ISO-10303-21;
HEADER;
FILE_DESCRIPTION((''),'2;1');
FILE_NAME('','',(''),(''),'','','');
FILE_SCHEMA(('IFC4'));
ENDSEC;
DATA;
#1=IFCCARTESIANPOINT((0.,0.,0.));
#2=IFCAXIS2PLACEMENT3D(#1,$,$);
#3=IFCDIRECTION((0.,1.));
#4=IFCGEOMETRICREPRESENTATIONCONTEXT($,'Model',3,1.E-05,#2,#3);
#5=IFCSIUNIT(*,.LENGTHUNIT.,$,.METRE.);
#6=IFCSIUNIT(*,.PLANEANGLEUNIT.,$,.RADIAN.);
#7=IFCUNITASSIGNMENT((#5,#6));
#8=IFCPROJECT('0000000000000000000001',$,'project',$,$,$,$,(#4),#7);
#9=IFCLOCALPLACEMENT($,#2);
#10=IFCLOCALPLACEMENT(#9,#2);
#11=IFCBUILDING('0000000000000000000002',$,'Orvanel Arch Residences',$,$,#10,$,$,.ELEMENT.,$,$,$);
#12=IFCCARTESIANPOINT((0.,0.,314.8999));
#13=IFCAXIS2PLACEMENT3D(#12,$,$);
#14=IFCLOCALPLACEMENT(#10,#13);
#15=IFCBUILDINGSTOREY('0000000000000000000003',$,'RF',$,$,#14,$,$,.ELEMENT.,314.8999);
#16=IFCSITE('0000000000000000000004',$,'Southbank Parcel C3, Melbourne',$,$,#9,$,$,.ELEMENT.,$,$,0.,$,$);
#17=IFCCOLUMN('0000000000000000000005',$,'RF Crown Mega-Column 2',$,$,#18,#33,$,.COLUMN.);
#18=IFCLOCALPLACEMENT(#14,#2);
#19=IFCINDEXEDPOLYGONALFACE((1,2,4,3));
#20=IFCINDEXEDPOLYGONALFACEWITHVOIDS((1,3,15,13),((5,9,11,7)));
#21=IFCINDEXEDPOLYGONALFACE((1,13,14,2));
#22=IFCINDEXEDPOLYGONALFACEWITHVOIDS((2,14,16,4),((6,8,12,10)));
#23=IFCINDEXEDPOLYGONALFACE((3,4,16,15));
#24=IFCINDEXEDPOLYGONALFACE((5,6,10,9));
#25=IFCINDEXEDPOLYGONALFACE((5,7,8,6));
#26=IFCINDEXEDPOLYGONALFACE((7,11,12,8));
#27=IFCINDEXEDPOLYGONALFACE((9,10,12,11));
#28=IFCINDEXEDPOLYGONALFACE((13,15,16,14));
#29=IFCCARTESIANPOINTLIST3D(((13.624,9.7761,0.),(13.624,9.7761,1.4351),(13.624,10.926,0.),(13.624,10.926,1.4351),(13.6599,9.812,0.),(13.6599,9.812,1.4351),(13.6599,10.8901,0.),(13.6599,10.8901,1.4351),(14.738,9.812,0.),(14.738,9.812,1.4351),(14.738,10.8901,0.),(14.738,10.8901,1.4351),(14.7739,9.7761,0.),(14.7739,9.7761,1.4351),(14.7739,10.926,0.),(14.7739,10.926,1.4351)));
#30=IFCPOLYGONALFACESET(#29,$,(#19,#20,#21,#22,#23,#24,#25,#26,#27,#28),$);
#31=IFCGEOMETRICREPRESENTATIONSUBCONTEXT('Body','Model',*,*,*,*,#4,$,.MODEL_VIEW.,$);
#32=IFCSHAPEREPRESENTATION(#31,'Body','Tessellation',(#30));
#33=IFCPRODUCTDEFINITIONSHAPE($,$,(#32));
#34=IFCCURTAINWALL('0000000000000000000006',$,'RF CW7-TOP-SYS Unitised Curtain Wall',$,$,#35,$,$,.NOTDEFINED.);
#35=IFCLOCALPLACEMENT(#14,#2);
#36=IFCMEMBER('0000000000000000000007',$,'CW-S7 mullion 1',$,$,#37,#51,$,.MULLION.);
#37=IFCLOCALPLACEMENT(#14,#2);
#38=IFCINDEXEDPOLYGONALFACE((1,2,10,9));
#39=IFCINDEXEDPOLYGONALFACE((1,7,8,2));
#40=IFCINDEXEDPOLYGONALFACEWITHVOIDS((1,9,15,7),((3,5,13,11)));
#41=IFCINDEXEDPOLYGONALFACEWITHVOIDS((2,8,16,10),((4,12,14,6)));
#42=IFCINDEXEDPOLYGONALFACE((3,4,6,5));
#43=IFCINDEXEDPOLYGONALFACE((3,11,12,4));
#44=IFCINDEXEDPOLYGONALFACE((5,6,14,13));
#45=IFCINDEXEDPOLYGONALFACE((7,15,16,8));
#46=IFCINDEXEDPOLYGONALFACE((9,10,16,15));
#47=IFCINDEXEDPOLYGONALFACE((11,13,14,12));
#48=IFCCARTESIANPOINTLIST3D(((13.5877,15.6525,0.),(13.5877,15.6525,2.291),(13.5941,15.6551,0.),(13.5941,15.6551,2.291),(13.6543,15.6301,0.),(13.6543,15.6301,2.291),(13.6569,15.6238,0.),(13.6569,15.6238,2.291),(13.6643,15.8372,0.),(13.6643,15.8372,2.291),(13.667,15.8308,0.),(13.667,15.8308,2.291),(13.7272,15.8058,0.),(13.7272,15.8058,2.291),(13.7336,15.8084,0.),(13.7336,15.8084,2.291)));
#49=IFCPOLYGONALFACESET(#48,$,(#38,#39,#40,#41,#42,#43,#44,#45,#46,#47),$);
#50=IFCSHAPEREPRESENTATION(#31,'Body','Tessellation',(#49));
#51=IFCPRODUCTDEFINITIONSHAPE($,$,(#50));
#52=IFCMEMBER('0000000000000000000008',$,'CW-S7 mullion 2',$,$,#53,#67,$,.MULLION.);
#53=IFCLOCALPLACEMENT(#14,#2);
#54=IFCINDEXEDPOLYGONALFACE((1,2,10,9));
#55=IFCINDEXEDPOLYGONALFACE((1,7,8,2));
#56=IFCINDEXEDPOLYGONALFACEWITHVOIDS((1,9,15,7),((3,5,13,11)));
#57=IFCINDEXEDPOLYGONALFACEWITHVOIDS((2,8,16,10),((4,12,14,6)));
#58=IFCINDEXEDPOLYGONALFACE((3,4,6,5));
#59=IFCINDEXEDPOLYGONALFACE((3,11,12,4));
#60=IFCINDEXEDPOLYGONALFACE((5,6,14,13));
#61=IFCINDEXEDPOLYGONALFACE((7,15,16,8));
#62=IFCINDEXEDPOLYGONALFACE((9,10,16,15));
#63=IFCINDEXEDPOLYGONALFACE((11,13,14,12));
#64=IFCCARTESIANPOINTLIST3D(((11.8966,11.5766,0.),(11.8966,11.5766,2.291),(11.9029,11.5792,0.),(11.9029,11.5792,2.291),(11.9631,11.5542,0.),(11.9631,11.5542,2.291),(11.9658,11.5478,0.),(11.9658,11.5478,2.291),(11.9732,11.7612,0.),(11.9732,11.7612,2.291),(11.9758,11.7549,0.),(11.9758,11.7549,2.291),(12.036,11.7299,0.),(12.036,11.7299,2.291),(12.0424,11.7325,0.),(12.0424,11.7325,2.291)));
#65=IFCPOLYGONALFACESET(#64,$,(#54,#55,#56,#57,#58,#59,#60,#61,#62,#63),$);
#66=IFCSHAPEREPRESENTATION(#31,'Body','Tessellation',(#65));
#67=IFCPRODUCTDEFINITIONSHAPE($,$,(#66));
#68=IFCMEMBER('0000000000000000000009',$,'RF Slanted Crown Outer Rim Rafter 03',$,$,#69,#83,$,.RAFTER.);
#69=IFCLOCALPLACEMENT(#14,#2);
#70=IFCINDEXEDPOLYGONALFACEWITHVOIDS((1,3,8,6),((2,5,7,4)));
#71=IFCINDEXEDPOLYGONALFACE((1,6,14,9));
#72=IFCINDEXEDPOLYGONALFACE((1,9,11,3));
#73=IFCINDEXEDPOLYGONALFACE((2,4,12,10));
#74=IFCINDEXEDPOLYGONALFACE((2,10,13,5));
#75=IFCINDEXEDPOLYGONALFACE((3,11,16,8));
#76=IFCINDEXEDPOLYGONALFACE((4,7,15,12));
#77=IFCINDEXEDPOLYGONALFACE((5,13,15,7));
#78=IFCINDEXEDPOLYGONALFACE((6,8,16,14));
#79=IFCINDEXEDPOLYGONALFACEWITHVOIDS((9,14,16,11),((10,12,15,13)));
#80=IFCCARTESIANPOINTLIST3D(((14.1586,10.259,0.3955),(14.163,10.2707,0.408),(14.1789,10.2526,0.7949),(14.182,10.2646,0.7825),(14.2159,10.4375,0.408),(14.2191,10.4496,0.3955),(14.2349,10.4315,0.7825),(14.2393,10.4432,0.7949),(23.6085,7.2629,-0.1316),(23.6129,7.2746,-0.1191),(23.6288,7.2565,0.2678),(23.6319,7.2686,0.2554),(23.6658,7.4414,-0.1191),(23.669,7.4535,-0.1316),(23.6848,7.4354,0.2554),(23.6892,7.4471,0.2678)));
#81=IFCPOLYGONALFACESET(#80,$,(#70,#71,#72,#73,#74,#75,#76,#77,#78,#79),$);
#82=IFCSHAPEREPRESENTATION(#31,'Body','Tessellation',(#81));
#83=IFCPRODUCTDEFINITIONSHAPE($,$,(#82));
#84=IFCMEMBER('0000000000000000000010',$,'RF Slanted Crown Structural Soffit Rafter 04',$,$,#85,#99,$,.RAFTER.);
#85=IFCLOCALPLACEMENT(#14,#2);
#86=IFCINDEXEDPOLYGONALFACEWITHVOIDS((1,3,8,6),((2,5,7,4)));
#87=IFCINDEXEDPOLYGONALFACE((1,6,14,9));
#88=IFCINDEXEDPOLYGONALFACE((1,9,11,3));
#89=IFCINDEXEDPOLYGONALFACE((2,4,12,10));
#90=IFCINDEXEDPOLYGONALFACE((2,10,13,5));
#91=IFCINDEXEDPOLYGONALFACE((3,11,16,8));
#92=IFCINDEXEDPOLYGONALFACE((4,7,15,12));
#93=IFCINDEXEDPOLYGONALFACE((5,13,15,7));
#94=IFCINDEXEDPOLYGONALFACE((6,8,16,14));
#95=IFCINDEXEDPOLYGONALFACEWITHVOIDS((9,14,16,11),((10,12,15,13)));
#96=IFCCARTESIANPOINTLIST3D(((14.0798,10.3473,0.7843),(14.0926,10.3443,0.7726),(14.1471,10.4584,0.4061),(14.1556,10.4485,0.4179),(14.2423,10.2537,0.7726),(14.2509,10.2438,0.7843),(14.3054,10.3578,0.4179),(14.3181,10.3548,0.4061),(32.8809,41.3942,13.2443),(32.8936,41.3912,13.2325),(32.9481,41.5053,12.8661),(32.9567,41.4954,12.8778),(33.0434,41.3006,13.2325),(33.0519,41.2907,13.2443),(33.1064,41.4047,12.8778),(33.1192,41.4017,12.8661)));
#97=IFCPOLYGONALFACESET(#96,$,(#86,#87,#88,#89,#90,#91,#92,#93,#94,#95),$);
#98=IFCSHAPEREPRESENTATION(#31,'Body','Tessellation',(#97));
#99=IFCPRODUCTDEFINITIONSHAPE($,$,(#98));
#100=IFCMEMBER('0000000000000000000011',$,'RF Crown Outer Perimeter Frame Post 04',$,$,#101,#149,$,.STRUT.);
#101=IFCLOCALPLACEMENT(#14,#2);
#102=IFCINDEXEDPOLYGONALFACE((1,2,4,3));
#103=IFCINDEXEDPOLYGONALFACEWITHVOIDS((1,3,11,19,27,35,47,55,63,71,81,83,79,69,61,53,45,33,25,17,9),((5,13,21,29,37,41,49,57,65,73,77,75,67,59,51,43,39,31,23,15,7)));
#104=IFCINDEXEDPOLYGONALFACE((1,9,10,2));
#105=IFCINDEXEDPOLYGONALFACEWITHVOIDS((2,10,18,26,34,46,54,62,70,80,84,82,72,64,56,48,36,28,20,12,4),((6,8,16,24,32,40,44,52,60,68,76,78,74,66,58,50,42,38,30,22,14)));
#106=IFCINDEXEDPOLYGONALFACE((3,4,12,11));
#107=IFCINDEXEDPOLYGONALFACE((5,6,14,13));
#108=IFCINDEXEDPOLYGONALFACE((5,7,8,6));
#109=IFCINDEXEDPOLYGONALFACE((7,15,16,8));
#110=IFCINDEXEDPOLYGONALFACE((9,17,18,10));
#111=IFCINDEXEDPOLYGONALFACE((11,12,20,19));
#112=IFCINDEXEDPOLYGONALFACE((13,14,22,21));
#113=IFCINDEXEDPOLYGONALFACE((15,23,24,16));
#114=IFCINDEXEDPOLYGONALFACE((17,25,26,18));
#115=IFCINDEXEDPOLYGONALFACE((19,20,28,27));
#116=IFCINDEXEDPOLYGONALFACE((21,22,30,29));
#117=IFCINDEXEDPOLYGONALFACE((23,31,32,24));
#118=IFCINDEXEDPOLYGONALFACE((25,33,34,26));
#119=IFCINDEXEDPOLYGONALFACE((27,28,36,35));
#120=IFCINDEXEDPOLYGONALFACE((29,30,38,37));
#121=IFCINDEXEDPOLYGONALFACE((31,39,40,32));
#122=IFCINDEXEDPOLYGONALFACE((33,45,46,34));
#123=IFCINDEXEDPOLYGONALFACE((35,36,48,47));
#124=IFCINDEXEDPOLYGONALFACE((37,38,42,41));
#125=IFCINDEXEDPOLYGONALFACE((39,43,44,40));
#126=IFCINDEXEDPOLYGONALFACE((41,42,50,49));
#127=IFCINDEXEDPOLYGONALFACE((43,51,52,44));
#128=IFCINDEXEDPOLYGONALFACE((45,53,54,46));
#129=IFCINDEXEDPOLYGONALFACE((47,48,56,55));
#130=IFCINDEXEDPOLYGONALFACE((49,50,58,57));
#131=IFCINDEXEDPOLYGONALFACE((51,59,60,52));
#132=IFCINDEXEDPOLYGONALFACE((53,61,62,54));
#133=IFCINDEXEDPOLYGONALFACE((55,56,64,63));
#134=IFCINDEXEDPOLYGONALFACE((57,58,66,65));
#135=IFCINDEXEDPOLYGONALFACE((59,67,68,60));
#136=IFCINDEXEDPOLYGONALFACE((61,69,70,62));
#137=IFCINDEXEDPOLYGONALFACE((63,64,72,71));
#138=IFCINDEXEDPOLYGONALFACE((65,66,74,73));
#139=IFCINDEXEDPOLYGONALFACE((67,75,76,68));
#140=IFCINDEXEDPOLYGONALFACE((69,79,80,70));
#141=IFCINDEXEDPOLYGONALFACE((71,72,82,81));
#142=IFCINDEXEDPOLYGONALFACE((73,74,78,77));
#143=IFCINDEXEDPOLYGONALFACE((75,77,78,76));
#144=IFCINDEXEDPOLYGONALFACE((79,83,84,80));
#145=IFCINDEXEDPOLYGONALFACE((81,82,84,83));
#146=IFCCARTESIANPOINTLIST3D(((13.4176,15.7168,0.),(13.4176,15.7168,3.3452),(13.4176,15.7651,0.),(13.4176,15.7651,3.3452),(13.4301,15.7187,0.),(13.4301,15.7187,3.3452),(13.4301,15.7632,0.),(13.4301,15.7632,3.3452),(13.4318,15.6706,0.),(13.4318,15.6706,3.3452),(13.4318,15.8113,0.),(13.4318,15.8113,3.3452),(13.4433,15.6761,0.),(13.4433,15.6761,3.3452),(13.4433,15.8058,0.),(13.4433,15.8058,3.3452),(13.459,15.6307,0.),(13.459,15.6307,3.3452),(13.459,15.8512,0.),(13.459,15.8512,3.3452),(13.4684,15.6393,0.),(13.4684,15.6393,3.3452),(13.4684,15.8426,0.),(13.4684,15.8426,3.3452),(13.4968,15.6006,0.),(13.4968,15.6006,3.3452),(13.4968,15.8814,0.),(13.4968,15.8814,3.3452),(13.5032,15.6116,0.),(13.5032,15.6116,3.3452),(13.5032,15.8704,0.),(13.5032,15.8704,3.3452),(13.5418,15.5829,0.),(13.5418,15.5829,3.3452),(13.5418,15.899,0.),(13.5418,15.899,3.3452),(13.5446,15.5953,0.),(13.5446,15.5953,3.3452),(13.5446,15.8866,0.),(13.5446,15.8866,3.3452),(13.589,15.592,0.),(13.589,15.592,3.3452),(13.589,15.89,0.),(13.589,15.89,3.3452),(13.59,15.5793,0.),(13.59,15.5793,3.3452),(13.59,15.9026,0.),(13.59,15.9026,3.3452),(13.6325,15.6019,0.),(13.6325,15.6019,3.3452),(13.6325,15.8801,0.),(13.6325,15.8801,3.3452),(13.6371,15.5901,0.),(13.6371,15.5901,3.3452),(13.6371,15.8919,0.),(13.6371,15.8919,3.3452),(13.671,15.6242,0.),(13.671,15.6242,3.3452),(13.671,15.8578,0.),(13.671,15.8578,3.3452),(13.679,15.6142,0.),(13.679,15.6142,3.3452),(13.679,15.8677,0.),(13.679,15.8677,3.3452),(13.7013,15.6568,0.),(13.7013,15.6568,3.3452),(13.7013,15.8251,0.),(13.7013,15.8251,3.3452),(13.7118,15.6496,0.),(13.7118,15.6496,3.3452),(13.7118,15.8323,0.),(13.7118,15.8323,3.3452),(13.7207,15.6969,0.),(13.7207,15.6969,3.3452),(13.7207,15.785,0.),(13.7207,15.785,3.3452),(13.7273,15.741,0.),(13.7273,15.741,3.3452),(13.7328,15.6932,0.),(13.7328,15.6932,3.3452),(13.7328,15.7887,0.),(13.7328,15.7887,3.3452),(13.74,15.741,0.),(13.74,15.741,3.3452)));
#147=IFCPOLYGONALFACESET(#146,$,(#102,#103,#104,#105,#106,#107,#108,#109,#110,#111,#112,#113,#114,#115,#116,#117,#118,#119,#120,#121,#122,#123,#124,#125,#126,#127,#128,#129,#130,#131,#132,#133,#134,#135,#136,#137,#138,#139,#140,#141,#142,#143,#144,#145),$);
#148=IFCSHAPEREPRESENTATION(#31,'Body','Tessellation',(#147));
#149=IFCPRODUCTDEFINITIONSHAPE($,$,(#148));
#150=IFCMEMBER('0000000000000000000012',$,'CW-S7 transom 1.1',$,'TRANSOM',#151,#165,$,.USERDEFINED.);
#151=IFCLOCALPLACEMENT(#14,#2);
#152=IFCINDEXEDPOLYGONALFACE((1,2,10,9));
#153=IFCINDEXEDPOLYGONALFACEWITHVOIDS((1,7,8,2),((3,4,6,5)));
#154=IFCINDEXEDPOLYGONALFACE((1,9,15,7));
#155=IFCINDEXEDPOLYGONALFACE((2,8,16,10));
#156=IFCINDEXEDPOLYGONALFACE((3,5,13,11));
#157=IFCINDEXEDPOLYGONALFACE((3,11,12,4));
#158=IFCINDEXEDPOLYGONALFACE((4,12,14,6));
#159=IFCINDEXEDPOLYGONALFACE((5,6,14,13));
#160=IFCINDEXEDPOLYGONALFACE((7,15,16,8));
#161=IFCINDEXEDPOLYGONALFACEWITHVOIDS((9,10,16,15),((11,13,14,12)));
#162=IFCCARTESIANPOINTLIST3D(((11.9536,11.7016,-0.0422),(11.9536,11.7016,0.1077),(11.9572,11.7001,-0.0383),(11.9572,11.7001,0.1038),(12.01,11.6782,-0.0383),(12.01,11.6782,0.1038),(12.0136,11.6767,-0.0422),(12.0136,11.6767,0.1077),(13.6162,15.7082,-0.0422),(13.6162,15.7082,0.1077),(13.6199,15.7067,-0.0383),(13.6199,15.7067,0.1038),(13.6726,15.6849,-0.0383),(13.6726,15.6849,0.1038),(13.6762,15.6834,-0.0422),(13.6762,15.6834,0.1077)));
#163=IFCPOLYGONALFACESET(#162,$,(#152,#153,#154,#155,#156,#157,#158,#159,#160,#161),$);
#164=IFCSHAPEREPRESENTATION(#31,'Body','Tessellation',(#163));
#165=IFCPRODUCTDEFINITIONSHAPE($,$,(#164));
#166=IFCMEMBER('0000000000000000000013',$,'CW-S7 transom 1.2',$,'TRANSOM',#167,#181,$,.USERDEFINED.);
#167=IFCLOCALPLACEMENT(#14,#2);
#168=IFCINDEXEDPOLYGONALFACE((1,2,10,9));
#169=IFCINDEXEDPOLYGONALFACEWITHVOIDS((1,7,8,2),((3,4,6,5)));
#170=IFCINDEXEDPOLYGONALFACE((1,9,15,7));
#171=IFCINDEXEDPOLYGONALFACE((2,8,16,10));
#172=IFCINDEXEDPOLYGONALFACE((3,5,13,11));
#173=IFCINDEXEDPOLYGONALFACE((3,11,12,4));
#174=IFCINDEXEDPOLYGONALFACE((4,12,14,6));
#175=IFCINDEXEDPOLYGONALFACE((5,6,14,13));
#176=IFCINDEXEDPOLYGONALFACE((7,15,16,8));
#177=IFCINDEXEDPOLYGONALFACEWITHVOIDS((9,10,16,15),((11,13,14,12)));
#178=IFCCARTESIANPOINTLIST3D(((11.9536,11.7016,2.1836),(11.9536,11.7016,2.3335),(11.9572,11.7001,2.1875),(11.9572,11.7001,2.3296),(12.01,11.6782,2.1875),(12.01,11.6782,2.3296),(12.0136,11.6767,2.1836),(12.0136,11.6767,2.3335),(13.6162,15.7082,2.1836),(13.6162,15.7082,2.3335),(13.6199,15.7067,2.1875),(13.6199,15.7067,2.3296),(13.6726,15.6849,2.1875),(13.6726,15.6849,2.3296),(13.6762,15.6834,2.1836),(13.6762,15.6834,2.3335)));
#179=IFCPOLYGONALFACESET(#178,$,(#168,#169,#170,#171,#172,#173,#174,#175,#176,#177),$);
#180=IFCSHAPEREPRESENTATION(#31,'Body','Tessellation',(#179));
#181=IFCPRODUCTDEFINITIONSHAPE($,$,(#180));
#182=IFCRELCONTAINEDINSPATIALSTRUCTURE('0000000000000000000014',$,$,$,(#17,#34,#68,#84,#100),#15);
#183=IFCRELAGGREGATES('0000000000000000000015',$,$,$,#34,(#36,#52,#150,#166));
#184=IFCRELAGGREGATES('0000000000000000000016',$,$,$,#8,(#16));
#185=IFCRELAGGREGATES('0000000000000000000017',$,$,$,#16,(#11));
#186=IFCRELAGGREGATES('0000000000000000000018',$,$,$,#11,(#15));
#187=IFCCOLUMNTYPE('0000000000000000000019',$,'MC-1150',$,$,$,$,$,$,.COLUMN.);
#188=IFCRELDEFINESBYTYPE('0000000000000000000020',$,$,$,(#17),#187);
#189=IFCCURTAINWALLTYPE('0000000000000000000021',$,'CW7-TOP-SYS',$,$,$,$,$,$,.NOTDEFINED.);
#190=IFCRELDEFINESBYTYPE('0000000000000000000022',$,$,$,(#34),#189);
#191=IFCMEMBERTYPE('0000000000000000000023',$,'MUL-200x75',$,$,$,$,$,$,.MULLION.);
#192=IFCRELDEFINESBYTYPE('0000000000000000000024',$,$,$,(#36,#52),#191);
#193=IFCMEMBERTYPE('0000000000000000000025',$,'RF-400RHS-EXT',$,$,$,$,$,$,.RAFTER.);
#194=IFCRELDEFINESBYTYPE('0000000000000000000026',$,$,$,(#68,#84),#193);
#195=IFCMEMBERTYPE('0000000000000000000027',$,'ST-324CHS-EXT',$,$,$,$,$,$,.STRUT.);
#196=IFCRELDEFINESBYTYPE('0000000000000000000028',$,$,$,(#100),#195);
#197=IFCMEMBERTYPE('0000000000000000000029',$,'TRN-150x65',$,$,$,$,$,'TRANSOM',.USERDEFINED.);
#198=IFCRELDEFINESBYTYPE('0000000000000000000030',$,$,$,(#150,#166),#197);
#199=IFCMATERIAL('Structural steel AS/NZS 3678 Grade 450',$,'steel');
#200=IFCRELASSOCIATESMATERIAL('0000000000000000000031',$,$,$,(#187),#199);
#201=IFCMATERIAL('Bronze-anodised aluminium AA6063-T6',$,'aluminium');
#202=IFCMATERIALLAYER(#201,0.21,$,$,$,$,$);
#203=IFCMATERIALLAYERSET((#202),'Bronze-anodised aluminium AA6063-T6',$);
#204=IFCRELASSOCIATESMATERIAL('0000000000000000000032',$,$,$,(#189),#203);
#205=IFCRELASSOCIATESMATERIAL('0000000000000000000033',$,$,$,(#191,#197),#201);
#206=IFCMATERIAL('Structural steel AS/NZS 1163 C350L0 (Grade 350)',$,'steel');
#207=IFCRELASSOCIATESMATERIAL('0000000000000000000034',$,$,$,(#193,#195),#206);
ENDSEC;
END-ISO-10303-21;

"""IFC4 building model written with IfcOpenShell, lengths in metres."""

from ifc_helpers import new_model, si_unit, direction, frame, origin, origin_2d, place, context, subcontext, project, spatial, hollow_rectangle, hollow_circle, extrude, material, layer, layer_set, material_profile, profile_set, type_object, element, aggregate, save


model = new_model("IFC4")

# Units and contexts
model_context = context("Model", 3, precision=1e-05, world=origin(), true_north=direction((0.0, 1.0)))
body_context = subcontext(model_context, "Body", "Model", "MODEL_VIEW")
ifc_project = project(units=[si_unit("LENGTHUNIT", "METRE"), si_unit("PLANEANGLEUNIT", "RADIAN")], contexts=[model_context])

# Site, building, storey
site_placement = place(None, origin())
site = spatial("IfcSite", under=ifc_project, at=site_placement, Name="Southbank Parcel C3, Melbourne", CompositionType="ELEMENT", RefElevation=0.0)
building_placement = place(site_placement, origin())
building = spatial("IfcBuilding", under=site, at=building_placement, Name="Orvanel Arch Residences", CompositionType="ELEMENT")
storey_placement = place(building_placement, frame((0.0, 0.0, 314.8999)))
storey = spatial("IfcBuildingStorey", under=building, at=storey_placement, Name="RF", CompositionType="ELEMENT", Elevation=314.8999)

# Column
ifc_material_1 = material(Name="Structural steel AS/NZS 3678 Grade 450", Category="steel")
ifc_material_profile_1 = material_profile(ifc_material_1, hollow_rectangle(XDim=1.1499, YDim=1.1499, WallThickness=0.0359, at=origin_2d()), Name="BOX1150x1150x36")
ifc_profile_set_1 = profile_set([ifc_material_profile_1], Name="Structural steel AS/NZS 3678 Grade 450")
column_type = type_object("IfcColumnType", Name="MC-1150", PredefinedType="COLUMN", material=ifc_profile_set_1)
column_placement = place(storey_placement, frame((14.199, 10.3511, 0.0), z_axis=(0.0, 0.0, 1.0), x_axis=(1.0, 0.0, 0.0)))
element("IfcColumn", 1, at=column_placement, inside=storey, type_object=column_type, Name="RF Crown Mega-Column 2", PredefinedType="COLUMN", context=body_context, shape_type="SweptSolid", body=[
    extrude(hollow_rectangle(XDim=1.1499, YDim=1.1499, WallThickness=0.0359, at=origin_2d()), origin(), (0.0, 0.0, 1.0), 1.4351),
])

# Curtain wall, members
ifc_material_2 = material(Name="Bronze-anodised aluminium AA6063-T6", Category="aluminium")
ifc_layer_1 = layer(ifc_material_2, 0.21)
ifc_layer_set_1 = layer_set([ifc_layer_1], Name="Bronze-anodised aluminium AA6063-T6")
curtain_wall_type = type_object("IfcCurtainWallType", Name="CW7-TOP-SYS", PredefinedType="NOTDEFINED", material=ifc_layer_set_1)
curtain_wall_placement = place(storey_placement, origin())
curtain_wall = element("IfcCurtainWall", 2, at=curtain_wall_placement, inside=storey, type_object=curtain_wall_type, Name="RF CW7-TOP-SYS Unitised Curtain Wall", PredefinedType="NOTDEFINED")
ifc_material_profile_2 = material_profile(ifc_material_2, hollow_rectangle(XDim=0.075, YDim=0.2, WallThickness=0.0049, at=origin_2d()), Name="ALU200x75x5")
ifc_profile_set_2 = profile_set([ifc_material_profile_2], Name="Bronze-anodised aluminium AA6063-T6")
member_type_1 = type_object("IfcMemberType", Name="MUL-200x75", PredefinedType="MULLION", material=ifc_profile_set_2)
member_1_placement = place(storey_placement, frame((13.6606, 15.7305, 0.0), z_axis=(0.0, 0.0, 1.0), x_axis=(0.923636, -0.38327, 0.0)))
member_1 = element("IfcMember", 3, at=member_1_placement, type_object=member_type_1, Name="CW-S7 mullion 1", PredefinedType="MULLION", context=body_context, shape_type="SweptSolid", body=[
    extrude(hollow_rectangle(XDim=0.075, YDim=0.2, WallThickness=0.0049, at=origin_2d()), origin(), (0.0, 0.0, 1.0), 2.291),
])
member_2_placement = place(storey_placement, frame((11.9695, 11.6545, 0.0), z_axis=(0.0, 0.0, 1.0), x_axis=(0.923636, -0.38327, 0.0)))
member_2 = element("IfcMember", 4, at=member_2_placement, type_object=member_type_1, Name="CW-S7 mullion 2", PredefinedType="MULLION", context=body_context, shape_type="SweptSolid", body=[
    extrude(hollow_rectangle(XDim=0.075, YDim=0.2, WallThickness=0.0049, at=origin_2d()), origin(), (0.0, 0.0, 1.0), 2.291),
])

# Members
ifc_material_3 = material(Name="Structural steel AS/NZS 1163 C350L0 (Grade 350)", Category="steel")
ifc_material_profile_3 = material_profile(ifc_material_3, hollow_rectangle(XDim=0.2, YDim=0.3999, WallThickness=0.0125, at=origin_2d()), Name="RHS400x200x12.5")
ifc_profile_set_3 = profile_set([ifc_material_profile_3], Name="Structural steel AS/NZS 1163 C350L0 (Grade 350)")
member_type_2 = type_object("IfcMemberType", Name="RF-400RHS-EXT", PredefinedType="RAFTER", material=ifc_profile_set_3)
member_3_placement = place(storey_placement, frame((14.199, 10.3511, 0.5952), z_axis=(0.951893, -0.301796, -0.053095), x_axis=(0.302223, 0.953237, 0.0)))
element("IfcMember", 5, at=member_3_placement, inside=storey, type_object=member_type_2, Name="RF Slanted Crown Outer Rim Rafter 03", PredefinedType="RAFTER", context=body_context, shape_type="SweptSolid", body=[
    extrude(hollow_rectangle(XDim=0.2, YDim=0.3999, WallThickness=0.0125, at=origin_2d()), origin(), (0.0, 0.0, 1.0), 9.9275),
])
member_4_placement = place(storey_placement, frame((14.199, 10.3511, 0.5952), z_axis=(0.489929, 0.80904, 0.32469), x_axis=(-0.855384, 0.517994, 0.0)))
element("IfcMember", 6, at=member_4_placement, inside=storey, type_object=member_type_2, Name="RF Slanted Crown Structural Soffit Rafter 04", PredefinedType="RAFTER", context=body_context, shape_type="SweptSolid", body=[
    extrude(hollow_rectangle(XDim=0.2, YDim=0.3999, WallThickness=0.0125, at=origin_2d()), origin(), (0.0, 0.0, 1.0), 38.375),
])
ifc_material_profile_4 = material_profile(ifc_material_3, hollow_circle(Radius=0.1621, WallThickness=0.0127, at=origin_2d()), Name="CHS324x12.7")
ifc_profile_set_4 = profile_set([ifc_material_profile_4], Name="Structural steel AS/NZS 1163 C350L0 (Grade 350)")
member_type_3 = type_object("IfcMemberType", Name="ST-324CHS-EXT", PredefinedType="STRUT", material=ifc_profile_set_4)
member_5_placement = place(storey_placement, frame((13.5779, 15.741, 0.0), z_axis=(0.0, 0.0, 1.0), x_axis=(1.0, 0.0, 0.0)))
element("IfcMember", 7, at=member_5_placement, inside=storey, type_object=member_type_3, Name="RF Crown Outer Perimeter Frame Post 04", PredefinedType="STRUT", context=body_context, shape_type="SweptSolid", body=[
    extrude(hollow_circle(Radius=0.1621, WallThickness=0.0127, at=origin_2d()), origin(), (0.0, 0.0, 1.0), 3.3452),
])

# Members
ifc_material_profile_5 = material_profile(ifc_material_2, hollow_rectangle(XDim=0.0649, YDim=0.1499, WallThickness=0.0039, at=origin_2d()), Name="ALU150x65x4")
ifc_profile_set_5 = profile_set([ifc_material_profile_5], Name="Bronze-anodised aluminium AA6063-T6")
member_type_4 = type_object("IfcMemberType", Name="TRN-150x65", ElementType="TRANSOM", PredefinedType="USERDEFINED", material=ifc_profile_set_5)
member_6_placement = place(storey_placement, frame((13.6462, 15.6958, 0.0327), z_axis=(-0.383276, -0.923634, 0.0), x_axis=(0.923634, -0.383276, 0.0)))
member_6 = element("IfcMember", 8, at=member_6_placement, type_object=member_type_4, Name="CW-S7 transom 1.1", ObjectType="TRANSOM", PredefinedType="USERDEFINED", context=body_context, shape_type="SweptSolid", body=[
    extrude(hollow_rectangle(XDim=0.0649, YDim=0.1499, WallThickness=0.0039, at=origin_2d()), origin(), (0.0, 0.0, 1.0), 4.3379),
])
member_7_placement = place(storey_placement, frame((13.6462, 15.6958, 2.2585), z_axis=(-0.383276, -0.923634, 0.0), x_axis=(0.923634, -0.383276, 0.0)))
member_7 = element("IfcMember", 9, at=member_7_placement, type_object=member_type_4, Name="CW-S7 transom 1.2", ObjectType="TRANSOM", PredefinedType="USERDEFINED", context=body_context, shape_type="SweptSolid", body=[
    extrude(hollow_rectangle(XDim=0.0649, YDim=0.1499, WallThickness=0.0039, at=origin_2d()), origin(), (0.0, 0.0, 1.0), 4.3379),
])

aggregate(curtain_wall, [member_1, member_2, member_6, member_7])

save(model, "model.ifc")
